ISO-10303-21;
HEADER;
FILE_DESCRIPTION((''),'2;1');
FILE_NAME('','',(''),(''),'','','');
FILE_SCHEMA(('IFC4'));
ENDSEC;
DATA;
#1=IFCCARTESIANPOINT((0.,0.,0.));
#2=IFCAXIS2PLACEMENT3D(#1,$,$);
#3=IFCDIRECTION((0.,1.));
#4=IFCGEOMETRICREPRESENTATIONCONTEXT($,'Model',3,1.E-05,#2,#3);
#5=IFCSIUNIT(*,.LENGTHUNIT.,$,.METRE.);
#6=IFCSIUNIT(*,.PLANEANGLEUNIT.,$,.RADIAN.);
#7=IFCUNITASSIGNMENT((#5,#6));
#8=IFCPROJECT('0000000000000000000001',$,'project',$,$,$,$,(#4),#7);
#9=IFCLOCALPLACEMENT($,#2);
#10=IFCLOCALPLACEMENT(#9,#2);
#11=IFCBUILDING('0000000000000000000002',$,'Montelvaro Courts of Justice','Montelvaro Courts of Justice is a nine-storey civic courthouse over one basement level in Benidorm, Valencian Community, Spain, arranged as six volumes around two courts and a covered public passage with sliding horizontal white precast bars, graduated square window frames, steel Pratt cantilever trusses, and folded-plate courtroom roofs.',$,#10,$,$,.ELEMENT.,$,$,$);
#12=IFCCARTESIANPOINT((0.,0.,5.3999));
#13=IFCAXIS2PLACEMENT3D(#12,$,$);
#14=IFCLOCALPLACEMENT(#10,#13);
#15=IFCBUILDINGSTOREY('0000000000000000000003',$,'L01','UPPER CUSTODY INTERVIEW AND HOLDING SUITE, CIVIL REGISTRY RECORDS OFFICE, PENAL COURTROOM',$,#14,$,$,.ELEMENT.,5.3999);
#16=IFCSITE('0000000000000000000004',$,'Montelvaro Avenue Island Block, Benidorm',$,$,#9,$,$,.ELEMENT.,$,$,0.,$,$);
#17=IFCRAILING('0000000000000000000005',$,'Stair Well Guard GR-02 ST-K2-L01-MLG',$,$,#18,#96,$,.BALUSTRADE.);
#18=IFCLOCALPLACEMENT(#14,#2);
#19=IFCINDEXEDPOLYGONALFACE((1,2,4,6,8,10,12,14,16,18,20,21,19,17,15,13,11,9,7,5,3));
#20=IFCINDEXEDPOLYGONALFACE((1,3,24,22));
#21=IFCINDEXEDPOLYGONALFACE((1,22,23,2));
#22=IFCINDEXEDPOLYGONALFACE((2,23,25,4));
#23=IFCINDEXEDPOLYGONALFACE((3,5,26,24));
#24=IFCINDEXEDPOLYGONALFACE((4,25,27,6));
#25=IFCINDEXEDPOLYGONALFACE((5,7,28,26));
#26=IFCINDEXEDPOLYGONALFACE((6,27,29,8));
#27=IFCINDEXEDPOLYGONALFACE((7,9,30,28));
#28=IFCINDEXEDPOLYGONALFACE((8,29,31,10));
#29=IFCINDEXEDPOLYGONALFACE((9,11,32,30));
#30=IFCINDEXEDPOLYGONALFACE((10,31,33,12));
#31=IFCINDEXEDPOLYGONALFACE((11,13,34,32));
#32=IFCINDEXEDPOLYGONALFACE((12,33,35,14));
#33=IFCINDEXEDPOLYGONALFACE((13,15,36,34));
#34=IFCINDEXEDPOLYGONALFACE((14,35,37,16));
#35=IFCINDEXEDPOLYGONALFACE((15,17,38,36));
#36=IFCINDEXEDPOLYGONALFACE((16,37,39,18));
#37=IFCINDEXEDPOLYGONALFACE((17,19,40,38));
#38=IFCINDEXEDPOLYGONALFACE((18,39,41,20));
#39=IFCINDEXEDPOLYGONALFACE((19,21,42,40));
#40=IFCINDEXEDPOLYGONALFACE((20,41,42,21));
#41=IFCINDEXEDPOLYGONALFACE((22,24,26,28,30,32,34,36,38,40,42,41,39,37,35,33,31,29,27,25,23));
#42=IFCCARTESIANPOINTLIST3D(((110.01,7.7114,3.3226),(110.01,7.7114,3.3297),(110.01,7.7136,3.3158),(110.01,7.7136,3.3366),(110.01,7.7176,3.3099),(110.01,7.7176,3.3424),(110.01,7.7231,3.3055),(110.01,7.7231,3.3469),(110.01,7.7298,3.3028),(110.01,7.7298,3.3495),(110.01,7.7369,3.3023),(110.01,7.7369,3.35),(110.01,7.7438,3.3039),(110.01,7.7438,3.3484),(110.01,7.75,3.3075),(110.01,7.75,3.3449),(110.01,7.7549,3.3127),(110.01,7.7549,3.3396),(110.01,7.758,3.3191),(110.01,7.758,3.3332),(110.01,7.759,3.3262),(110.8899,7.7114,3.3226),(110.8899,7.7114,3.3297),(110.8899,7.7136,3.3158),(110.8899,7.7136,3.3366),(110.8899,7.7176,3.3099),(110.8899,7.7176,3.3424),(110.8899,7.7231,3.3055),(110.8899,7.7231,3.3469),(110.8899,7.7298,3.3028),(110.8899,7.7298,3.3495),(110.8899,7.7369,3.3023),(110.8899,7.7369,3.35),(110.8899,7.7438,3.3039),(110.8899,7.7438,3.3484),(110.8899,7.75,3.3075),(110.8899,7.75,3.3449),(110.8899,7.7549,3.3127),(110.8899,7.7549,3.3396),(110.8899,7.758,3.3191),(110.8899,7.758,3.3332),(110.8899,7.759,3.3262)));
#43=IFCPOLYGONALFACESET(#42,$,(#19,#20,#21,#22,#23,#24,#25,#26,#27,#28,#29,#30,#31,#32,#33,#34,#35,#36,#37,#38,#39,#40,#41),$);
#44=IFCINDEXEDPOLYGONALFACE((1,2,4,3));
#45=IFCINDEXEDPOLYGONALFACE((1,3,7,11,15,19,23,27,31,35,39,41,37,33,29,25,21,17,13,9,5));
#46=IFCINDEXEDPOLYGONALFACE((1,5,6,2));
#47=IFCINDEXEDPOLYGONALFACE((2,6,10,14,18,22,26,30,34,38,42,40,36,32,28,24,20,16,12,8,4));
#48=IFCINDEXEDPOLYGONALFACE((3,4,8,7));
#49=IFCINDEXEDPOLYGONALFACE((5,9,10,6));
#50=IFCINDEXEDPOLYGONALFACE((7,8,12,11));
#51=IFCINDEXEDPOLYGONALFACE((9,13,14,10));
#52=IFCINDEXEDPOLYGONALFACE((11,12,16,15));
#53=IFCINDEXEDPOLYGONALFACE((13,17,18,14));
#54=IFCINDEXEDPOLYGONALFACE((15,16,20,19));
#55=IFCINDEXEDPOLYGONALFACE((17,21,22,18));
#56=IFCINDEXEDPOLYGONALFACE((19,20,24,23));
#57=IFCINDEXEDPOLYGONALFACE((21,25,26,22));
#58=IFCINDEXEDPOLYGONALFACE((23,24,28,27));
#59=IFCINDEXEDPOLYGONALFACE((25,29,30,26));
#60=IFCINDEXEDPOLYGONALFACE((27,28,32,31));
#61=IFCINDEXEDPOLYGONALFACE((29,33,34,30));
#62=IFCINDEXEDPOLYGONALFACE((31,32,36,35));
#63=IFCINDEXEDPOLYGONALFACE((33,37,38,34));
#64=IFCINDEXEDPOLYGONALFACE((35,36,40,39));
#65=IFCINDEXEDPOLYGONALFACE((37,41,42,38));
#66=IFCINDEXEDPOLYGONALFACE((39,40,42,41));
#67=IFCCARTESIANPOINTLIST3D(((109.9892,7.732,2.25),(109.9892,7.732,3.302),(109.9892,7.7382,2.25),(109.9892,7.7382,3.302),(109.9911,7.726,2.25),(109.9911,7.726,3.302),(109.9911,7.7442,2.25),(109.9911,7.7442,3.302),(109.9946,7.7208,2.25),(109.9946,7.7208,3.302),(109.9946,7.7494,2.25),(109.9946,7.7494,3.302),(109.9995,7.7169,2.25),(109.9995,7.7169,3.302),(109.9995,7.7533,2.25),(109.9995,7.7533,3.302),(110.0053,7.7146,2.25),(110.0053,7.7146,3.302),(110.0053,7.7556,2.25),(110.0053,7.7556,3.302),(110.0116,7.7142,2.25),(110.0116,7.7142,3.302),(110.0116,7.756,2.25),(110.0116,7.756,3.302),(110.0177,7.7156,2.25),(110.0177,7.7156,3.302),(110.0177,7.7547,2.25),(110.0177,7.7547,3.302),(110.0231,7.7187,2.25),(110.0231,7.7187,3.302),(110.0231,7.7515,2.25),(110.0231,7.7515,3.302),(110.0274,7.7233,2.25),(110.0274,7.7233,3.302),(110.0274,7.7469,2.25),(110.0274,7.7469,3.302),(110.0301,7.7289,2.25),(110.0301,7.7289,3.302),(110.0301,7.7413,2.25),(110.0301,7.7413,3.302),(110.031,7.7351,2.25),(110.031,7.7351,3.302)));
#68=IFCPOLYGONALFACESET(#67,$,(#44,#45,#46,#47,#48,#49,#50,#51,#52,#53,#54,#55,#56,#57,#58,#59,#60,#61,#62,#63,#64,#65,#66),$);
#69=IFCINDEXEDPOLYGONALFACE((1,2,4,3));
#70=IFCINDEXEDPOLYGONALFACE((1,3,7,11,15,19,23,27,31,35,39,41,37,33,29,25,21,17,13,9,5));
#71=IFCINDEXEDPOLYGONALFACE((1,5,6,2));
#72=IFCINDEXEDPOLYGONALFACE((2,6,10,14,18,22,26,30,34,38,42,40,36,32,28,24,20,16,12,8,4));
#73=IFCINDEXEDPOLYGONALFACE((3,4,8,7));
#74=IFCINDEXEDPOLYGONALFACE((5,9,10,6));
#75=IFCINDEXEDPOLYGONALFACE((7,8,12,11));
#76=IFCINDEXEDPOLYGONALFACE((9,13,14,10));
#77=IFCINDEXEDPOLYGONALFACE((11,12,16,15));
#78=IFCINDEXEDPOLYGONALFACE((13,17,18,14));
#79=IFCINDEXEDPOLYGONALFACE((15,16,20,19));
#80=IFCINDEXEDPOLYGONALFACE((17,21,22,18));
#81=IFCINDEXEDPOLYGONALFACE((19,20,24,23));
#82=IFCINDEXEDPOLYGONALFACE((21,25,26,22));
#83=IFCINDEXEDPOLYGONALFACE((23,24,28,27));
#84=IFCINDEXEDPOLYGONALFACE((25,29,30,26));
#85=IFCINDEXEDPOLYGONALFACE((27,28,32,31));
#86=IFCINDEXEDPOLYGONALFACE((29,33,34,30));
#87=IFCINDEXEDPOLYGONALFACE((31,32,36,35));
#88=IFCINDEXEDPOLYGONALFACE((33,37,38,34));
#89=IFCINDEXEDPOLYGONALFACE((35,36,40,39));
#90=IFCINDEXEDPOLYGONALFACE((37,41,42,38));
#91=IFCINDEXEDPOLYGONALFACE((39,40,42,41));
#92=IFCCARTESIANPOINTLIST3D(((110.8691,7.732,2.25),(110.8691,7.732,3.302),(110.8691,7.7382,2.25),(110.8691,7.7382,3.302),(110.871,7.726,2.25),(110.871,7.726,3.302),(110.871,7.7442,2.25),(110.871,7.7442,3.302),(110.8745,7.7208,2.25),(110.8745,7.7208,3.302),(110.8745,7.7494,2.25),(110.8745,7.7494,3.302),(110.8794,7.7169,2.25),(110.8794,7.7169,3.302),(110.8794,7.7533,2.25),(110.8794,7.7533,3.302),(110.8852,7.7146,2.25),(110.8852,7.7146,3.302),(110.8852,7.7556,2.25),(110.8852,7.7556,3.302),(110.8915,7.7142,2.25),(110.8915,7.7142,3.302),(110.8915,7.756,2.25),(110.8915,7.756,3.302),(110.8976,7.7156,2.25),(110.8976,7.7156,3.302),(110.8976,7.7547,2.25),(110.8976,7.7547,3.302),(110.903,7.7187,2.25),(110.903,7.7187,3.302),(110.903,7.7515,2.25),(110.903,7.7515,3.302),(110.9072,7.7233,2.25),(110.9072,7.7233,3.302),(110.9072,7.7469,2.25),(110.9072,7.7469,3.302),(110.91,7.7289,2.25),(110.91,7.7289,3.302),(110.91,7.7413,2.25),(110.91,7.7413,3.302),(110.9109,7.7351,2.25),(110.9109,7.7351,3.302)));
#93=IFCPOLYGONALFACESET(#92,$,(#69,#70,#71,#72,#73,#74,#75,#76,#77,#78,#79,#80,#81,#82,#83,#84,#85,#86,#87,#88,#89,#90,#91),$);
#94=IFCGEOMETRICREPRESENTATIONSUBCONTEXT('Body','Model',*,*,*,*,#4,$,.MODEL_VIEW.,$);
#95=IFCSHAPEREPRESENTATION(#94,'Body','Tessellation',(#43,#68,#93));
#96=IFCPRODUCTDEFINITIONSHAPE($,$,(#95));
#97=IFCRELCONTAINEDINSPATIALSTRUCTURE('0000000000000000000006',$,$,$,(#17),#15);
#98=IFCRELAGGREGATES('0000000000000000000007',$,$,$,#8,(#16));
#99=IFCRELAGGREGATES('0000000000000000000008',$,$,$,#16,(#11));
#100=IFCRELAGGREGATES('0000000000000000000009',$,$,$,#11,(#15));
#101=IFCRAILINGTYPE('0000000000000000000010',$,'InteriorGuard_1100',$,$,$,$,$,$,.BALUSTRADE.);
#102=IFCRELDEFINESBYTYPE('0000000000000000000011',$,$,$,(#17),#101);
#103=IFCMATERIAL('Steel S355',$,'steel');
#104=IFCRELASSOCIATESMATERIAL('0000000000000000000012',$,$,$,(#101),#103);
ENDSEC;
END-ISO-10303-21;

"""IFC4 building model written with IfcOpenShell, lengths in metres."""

from ifc_helpers import new_model, si_unit, direction, frame, origin, origin_2d, place, context, subcontext, project, spatial, circle, extrude, material, type_object, element, save


model = new_model("IFC4")

# Units and contexts
model_context = context("Model", 3, precision=1e-05, world=origin(), true_north=direction((0.0, 1.0)))
body_context = subcontext(model_context, "Body", "Model", "MODEL_VIEW")
ifc_project = project(units=[si_unit("LENGTHUNIT", "METRE"), si_unit("PLANEANGLEUNIT", "RADIAN")], contexts=[model_context])

# Site, building, storey
site_placement = place(None, origin())
site = spatial("IfcSite", under=ifc_project, at=site_placement, Name="Montelvaro Avenue Island Block, Benidorm", CompositionType="ELEMENT", RefElevation=0.0)
building_placement = place(site_placement, origin())
building = spatial("IfcBuilding", under=site, at=building_placement, Name="Montelvaro Courts of Justice", Description="Montelvaro Courts of Justice is a nine-storey civic courthouse over one basement level in Benidorm, Valencian Community, Spain, arranged as six volumes around two courts and a covered public passage with sliding horizontal white precast bars, graduated square window frames, steel Pratt cantilever trusses, and folded-plate courtroom roofs.", CompositionType="ELEMENT")
storey_placement = place(building_placement, frame((0.0, 0.0, 5.3999)))
storey = spatial("IfcBuildingStorey", under=building, at=storey_placement, Name="L01", Description="UPPER CUSTODY INTERVIEW AND HOLDING SUITE, CIVIL REGISTRY RECORDS OFFICE, PENAL COURTROOM", CompositionType="ELEMENT", Elevation=5.3999)

# Shared definitions
ifc_material_1 = material(Name="Steel S355", Category="steel")

# Railing
railing_type = type_object("IfcRailingType", Name="InteriorGuard_1100", PredefinedType="BALUSTRADE", material=ifc_material_1)
railing_placement = place(storey_placement, frame((110.01, 7.7351, 2.25)))
element("IfcRailing", 1, at=railing_placement, inside=storey, type_object=railing_type, Name="Stair Well Guard GR-02 ST-K2-L01-MLG", PredefinedType="BALUSTRADE", context=body_context, shape_type="SweptSolid", body=[
    extrude(circle(Radius=0.0239, at=origin_2d()), frame((0.0, 0.0, 1.0762), z_axis=(1.0, 0.0, 0.0), x_axis=(0.0, 1.0, 0.0)), (0.0, 0.0, 1.0), 0.8799),
    extrude(circle(Radius=0.021, at=origin_2d()), origin(), (0.0, 0.0, 1.0), 1.052),
    extrude(circle(Radius=0.021, at=origin_2d()), frame((0.8799, 0.0, 0.0)), (0.0, 0.0, 1.0), 1.052),
])

save(model, "model.ifc")
